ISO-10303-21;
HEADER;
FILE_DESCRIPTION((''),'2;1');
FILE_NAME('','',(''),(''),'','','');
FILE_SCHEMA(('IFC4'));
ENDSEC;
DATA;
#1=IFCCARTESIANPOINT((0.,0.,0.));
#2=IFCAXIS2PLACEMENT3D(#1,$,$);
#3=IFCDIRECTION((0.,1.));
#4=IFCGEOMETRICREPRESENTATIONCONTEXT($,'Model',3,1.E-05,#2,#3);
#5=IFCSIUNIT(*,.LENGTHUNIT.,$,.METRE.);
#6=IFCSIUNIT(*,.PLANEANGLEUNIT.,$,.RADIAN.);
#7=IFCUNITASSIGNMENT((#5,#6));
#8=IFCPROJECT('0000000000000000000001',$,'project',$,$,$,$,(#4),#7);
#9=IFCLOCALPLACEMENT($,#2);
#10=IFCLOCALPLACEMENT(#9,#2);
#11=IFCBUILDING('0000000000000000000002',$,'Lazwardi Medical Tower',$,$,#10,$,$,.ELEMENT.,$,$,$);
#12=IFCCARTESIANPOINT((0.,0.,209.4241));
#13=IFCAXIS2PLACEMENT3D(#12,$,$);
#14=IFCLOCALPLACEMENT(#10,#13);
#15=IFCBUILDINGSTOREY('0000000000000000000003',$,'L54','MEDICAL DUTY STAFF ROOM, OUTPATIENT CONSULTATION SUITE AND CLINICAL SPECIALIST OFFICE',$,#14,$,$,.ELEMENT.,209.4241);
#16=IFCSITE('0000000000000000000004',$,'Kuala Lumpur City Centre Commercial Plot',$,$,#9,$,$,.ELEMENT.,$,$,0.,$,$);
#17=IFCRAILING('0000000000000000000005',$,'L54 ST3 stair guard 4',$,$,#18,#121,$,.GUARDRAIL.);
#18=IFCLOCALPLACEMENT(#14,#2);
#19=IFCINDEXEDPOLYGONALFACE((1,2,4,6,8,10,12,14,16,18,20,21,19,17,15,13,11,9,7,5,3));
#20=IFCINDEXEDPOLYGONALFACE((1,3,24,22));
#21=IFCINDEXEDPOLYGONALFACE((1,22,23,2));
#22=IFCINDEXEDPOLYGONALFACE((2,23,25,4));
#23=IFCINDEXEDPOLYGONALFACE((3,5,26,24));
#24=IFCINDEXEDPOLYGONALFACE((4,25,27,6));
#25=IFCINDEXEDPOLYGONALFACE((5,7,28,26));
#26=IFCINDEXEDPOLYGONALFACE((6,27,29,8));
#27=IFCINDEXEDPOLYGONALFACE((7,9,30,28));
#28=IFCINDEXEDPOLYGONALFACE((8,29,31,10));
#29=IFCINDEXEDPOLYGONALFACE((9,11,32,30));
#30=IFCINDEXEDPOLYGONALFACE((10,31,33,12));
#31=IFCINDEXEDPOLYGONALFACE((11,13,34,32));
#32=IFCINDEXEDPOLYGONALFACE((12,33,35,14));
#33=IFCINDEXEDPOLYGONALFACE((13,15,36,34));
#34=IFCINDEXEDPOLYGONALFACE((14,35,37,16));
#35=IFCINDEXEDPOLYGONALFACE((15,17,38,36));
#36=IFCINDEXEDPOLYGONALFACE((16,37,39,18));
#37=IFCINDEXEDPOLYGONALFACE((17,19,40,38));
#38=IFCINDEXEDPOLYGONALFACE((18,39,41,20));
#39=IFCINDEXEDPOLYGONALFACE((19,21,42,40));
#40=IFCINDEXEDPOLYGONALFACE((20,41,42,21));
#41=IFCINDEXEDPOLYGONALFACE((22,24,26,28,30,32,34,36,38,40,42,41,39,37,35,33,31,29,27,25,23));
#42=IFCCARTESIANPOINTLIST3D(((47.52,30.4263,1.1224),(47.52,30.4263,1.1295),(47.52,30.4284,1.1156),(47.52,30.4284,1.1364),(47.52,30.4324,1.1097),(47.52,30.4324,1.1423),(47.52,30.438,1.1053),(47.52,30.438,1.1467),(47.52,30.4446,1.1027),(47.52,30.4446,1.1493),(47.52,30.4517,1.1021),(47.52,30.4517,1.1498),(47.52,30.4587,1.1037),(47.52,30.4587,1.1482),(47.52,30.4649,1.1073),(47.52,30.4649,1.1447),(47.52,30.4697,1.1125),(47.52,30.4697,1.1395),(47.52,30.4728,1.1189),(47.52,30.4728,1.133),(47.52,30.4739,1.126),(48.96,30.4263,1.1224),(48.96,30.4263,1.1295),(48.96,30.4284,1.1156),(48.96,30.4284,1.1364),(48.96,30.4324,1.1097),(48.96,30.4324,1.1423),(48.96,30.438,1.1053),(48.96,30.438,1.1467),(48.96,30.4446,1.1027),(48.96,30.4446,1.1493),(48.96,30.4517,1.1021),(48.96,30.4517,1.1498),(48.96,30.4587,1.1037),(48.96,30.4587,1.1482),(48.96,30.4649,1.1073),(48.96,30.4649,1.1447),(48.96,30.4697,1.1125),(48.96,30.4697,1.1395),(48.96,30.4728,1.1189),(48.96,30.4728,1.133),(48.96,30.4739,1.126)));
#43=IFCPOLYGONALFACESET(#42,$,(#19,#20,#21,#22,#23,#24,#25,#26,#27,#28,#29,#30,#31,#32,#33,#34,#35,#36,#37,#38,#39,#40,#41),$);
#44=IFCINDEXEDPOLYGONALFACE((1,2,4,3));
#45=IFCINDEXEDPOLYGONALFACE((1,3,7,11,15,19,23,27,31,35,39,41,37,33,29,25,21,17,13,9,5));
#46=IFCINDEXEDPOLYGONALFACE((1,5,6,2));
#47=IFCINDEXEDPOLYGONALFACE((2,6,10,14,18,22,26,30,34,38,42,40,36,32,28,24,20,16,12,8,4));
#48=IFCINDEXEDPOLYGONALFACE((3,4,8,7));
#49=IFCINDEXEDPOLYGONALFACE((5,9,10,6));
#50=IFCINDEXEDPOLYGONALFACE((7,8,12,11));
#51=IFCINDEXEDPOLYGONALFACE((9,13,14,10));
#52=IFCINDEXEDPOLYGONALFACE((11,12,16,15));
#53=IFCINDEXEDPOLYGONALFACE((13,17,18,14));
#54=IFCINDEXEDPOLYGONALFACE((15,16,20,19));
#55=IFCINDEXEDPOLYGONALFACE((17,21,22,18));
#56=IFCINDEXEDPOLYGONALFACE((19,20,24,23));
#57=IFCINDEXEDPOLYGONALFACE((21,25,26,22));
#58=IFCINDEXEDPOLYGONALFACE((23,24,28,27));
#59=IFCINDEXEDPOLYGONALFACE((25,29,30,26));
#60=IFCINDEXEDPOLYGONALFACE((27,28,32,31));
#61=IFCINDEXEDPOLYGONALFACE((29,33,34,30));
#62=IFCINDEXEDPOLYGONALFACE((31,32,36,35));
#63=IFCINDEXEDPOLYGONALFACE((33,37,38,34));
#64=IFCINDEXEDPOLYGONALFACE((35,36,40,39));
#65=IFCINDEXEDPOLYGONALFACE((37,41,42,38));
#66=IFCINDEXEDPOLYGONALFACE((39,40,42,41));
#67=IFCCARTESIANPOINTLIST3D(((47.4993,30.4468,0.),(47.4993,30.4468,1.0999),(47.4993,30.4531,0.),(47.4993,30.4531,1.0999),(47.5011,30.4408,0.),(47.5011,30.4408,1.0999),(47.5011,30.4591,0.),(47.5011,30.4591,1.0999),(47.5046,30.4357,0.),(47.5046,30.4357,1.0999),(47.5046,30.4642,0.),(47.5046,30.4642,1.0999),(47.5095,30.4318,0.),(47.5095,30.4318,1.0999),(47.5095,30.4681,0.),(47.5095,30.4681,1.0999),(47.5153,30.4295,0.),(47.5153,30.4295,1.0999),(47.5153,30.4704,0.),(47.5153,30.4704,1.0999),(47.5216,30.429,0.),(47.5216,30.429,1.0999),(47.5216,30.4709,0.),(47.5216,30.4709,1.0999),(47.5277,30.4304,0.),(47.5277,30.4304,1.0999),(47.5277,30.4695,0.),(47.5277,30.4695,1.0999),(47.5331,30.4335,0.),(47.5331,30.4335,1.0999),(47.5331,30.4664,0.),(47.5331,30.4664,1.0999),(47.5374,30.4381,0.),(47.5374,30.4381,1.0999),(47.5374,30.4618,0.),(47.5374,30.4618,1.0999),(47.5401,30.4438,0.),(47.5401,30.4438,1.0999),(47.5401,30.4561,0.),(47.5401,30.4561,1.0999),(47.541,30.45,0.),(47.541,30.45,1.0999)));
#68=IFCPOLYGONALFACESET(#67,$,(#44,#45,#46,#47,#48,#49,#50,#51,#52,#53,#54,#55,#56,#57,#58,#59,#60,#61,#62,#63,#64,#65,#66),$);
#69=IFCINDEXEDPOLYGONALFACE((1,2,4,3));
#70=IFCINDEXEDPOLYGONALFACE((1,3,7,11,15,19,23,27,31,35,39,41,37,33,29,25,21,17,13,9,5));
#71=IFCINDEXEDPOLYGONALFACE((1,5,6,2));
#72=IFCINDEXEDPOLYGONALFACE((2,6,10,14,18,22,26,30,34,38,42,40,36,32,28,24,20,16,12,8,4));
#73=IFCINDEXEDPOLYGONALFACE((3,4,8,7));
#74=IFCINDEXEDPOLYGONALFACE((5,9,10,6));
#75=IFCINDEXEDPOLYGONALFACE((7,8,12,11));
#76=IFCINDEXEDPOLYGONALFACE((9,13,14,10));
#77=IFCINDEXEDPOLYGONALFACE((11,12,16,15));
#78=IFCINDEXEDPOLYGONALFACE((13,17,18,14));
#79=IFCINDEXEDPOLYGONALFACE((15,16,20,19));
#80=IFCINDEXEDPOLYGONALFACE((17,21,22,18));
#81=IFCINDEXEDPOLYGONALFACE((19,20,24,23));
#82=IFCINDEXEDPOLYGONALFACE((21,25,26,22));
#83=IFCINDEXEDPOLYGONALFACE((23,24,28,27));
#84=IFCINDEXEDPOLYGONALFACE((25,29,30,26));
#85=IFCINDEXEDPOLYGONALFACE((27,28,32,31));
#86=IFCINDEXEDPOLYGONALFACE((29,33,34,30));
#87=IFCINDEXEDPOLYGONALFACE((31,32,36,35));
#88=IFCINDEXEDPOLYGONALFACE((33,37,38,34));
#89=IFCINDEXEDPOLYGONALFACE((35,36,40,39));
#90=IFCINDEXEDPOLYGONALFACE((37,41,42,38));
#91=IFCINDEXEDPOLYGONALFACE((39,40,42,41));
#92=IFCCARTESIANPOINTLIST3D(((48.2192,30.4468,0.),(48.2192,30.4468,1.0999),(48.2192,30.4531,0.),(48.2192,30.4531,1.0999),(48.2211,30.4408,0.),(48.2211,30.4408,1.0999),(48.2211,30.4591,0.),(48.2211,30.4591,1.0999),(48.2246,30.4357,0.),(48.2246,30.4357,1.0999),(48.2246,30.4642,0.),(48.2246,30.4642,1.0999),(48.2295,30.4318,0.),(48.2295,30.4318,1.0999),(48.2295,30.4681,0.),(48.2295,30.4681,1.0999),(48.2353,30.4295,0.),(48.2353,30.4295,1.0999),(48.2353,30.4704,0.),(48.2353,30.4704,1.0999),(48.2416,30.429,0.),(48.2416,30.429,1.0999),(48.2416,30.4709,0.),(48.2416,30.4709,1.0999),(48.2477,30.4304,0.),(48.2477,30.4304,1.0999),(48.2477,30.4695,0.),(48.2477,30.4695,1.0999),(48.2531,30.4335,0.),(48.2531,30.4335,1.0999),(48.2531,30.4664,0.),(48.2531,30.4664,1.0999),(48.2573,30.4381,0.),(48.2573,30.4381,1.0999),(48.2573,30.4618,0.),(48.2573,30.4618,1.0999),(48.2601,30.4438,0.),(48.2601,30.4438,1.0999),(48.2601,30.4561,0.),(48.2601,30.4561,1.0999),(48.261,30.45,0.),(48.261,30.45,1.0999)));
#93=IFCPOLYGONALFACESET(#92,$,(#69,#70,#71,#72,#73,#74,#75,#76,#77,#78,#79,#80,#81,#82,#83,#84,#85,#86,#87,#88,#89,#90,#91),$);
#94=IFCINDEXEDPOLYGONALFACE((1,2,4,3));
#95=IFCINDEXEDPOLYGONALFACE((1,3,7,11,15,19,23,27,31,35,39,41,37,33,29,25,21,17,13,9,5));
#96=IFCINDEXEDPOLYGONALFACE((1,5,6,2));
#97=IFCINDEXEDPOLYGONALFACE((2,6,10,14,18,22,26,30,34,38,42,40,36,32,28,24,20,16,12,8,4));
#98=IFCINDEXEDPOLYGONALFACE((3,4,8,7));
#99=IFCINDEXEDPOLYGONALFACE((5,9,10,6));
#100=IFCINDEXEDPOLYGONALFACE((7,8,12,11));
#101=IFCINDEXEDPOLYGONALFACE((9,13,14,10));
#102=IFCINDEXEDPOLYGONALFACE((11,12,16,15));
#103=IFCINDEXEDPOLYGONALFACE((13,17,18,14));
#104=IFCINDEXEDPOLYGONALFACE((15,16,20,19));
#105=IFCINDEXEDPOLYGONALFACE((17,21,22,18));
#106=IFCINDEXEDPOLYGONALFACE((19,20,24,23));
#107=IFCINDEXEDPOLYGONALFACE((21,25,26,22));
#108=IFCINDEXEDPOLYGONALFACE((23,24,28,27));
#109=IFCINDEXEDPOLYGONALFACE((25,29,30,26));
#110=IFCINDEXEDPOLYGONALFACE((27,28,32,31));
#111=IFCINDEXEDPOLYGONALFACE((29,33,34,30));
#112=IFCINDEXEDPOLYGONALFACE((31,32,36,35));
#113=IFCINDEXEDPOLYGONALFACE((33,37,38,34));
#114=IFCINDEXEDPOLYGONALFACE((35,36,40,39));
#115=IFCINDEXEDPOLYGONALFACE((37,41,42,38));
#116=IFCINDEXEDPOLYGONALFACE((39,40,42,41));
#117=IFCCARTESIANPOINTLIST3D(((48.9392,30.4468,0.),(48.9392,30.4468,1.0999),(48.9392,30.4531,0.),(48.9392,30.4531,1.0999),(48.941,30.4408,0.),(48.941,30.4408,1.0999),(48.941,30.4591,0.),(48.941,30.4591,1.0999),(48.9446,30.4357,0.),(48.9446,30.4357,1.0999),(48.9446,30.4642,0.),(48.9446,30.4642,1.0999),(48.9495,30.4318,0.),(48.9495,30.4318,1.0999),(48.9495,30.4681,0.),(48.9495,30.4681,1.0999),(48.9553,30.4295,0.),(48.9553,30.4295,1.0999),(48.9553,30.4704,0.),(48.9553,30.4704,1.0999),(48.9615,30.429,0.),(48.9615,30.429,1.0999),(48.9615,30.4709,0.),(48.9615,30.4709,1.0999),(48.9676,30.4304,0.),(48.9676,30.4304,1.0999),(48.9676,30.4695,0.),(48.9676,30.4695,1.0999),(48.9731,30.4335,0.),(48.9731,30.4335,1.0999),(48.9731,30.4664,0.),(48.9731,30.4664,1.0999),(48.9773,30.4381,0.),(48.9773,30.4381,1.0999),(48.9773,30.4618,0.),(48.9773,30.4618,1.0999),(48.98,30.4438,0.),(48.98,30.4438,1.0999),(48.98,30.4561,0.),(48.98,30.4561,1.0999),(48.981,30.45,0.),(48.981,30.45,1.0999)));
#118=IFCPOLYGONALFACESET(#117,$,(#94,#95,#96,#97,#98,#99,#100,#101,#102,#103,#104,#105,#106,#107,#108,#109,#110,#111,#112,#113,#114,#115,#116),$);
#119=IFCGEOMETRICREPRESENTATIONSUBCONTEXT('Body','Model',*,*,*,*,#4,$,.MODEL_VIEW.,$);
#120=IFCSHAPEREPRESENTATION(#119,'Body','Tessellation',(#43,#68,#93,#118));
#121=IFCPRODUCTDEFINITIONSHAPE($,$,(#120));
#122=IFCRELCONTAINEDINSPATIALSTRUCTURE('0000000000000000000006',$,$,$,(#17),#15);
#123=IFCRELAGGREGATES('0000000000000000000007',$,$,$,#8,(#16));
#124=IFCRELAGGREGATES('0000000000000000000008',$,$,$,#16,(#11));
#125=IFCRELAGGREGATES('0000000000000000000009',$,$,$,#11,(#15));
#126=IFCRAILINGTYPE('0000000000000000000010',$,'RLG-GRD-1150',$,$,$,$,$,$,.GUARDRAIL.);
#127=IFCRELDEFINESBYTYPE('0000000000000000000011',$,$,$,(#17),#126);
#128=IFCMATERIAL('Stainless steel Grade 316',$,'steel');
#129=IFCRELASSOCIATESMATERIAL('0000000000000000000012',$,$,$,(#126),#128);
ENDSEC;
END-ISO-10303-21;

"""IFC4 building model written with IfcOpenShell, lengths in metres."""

from ifc_helpers import new_model, si_unit, direction, frame, origin, origin_2d, place, context, subcontext, project, spatial, circle, extrude, material, type_object, element, save


model = new_model("IFC4")

# Units and contexts
model_context = context("Model", 3, precision=1e-05, world=origin(), true_north=direction((0.0, 1.0)))
body_context = subcontext(model_context, "Body", "Model", "MODEL_VIEW")
ifc_project = project(units=[si_unit("LENGTHUNIT", "METRE"), si_unit("PLANEANGLEUNIT", "RADIAN")], contexts=[model_context])

# Site, building, storey
site_placement = place(None, origin())
site = spatial("IfcSite", under=ifc_project, at=site_placement, Name="Kuala Lumpur City Centre Commercial Plot", CompositionType="ELEMENT", RefElevation=0.0)
building_placement = place(site_placement, origin())
building = spatial("IfcBuilding", under=site, at=building_placement, Name="Lazwardi Medical Tower", CompositionType="ELEMENT")
storey_placement = place(building_placement, frame((0.0, 0.0, 209.4241)))
storey = spatial("IfcBuildingStorey", under=building, at=storey_placement, Name="L54", Description="MEDICAL DUTY STAFF ROOM, OUTPATIENT CONSULTATION SUITE AND CLINICAL SPECIALIST OFFICE", CompositionType="ELEMENT", Elevation=209.4241)

# Railing
ifc_material_1 = material(Name="Stainless steel Grade 316", Category="steel")
railing_type_1 = type_object("IfcRailingType", Name="RLG-GRD-1150", PredefinedType="GUARDRAIL", material=ifc_material_1)
railing_1_placement = place(storey_placement, frame((47.52, 30.45, 0.0)))
element("IfcRailing", 1, at=railing_1_placement, inside=storey, type_object=railing_type_1, Name="L54 ST3 stair guard 4", PredefinedType="GUARDRAIL", context=body_context, shape_type="SweptSolid", body=[
    extrude(circle(Radius=0.0239, at=origin_2d()), frame((0.0, 0.0, 1.126), z_axis=(1.0, 0.0, 0.0), x_axis=(0.0, 1.0, 0.0)), (0.0, 0.0, 1.0), 1.4399),
    extrude(circle(Radius=0.021, at=origin_2d()), origin(), (0.0, 0.0, 1.0), 1.0999),
    extrude(circle(Radius=0.021, at=origin_2d()), frame((0.72, 0.0, 0.0)), (0.0, 0.0, 1.0), 1.0999),
    extrude(circle(Radius=0.021, at=origin_2d()), frame((1.4399, 0.0, 0.0)), (0.0, 0.0, 1.0), 1.0999),
])

save(model, "model.ifc")
